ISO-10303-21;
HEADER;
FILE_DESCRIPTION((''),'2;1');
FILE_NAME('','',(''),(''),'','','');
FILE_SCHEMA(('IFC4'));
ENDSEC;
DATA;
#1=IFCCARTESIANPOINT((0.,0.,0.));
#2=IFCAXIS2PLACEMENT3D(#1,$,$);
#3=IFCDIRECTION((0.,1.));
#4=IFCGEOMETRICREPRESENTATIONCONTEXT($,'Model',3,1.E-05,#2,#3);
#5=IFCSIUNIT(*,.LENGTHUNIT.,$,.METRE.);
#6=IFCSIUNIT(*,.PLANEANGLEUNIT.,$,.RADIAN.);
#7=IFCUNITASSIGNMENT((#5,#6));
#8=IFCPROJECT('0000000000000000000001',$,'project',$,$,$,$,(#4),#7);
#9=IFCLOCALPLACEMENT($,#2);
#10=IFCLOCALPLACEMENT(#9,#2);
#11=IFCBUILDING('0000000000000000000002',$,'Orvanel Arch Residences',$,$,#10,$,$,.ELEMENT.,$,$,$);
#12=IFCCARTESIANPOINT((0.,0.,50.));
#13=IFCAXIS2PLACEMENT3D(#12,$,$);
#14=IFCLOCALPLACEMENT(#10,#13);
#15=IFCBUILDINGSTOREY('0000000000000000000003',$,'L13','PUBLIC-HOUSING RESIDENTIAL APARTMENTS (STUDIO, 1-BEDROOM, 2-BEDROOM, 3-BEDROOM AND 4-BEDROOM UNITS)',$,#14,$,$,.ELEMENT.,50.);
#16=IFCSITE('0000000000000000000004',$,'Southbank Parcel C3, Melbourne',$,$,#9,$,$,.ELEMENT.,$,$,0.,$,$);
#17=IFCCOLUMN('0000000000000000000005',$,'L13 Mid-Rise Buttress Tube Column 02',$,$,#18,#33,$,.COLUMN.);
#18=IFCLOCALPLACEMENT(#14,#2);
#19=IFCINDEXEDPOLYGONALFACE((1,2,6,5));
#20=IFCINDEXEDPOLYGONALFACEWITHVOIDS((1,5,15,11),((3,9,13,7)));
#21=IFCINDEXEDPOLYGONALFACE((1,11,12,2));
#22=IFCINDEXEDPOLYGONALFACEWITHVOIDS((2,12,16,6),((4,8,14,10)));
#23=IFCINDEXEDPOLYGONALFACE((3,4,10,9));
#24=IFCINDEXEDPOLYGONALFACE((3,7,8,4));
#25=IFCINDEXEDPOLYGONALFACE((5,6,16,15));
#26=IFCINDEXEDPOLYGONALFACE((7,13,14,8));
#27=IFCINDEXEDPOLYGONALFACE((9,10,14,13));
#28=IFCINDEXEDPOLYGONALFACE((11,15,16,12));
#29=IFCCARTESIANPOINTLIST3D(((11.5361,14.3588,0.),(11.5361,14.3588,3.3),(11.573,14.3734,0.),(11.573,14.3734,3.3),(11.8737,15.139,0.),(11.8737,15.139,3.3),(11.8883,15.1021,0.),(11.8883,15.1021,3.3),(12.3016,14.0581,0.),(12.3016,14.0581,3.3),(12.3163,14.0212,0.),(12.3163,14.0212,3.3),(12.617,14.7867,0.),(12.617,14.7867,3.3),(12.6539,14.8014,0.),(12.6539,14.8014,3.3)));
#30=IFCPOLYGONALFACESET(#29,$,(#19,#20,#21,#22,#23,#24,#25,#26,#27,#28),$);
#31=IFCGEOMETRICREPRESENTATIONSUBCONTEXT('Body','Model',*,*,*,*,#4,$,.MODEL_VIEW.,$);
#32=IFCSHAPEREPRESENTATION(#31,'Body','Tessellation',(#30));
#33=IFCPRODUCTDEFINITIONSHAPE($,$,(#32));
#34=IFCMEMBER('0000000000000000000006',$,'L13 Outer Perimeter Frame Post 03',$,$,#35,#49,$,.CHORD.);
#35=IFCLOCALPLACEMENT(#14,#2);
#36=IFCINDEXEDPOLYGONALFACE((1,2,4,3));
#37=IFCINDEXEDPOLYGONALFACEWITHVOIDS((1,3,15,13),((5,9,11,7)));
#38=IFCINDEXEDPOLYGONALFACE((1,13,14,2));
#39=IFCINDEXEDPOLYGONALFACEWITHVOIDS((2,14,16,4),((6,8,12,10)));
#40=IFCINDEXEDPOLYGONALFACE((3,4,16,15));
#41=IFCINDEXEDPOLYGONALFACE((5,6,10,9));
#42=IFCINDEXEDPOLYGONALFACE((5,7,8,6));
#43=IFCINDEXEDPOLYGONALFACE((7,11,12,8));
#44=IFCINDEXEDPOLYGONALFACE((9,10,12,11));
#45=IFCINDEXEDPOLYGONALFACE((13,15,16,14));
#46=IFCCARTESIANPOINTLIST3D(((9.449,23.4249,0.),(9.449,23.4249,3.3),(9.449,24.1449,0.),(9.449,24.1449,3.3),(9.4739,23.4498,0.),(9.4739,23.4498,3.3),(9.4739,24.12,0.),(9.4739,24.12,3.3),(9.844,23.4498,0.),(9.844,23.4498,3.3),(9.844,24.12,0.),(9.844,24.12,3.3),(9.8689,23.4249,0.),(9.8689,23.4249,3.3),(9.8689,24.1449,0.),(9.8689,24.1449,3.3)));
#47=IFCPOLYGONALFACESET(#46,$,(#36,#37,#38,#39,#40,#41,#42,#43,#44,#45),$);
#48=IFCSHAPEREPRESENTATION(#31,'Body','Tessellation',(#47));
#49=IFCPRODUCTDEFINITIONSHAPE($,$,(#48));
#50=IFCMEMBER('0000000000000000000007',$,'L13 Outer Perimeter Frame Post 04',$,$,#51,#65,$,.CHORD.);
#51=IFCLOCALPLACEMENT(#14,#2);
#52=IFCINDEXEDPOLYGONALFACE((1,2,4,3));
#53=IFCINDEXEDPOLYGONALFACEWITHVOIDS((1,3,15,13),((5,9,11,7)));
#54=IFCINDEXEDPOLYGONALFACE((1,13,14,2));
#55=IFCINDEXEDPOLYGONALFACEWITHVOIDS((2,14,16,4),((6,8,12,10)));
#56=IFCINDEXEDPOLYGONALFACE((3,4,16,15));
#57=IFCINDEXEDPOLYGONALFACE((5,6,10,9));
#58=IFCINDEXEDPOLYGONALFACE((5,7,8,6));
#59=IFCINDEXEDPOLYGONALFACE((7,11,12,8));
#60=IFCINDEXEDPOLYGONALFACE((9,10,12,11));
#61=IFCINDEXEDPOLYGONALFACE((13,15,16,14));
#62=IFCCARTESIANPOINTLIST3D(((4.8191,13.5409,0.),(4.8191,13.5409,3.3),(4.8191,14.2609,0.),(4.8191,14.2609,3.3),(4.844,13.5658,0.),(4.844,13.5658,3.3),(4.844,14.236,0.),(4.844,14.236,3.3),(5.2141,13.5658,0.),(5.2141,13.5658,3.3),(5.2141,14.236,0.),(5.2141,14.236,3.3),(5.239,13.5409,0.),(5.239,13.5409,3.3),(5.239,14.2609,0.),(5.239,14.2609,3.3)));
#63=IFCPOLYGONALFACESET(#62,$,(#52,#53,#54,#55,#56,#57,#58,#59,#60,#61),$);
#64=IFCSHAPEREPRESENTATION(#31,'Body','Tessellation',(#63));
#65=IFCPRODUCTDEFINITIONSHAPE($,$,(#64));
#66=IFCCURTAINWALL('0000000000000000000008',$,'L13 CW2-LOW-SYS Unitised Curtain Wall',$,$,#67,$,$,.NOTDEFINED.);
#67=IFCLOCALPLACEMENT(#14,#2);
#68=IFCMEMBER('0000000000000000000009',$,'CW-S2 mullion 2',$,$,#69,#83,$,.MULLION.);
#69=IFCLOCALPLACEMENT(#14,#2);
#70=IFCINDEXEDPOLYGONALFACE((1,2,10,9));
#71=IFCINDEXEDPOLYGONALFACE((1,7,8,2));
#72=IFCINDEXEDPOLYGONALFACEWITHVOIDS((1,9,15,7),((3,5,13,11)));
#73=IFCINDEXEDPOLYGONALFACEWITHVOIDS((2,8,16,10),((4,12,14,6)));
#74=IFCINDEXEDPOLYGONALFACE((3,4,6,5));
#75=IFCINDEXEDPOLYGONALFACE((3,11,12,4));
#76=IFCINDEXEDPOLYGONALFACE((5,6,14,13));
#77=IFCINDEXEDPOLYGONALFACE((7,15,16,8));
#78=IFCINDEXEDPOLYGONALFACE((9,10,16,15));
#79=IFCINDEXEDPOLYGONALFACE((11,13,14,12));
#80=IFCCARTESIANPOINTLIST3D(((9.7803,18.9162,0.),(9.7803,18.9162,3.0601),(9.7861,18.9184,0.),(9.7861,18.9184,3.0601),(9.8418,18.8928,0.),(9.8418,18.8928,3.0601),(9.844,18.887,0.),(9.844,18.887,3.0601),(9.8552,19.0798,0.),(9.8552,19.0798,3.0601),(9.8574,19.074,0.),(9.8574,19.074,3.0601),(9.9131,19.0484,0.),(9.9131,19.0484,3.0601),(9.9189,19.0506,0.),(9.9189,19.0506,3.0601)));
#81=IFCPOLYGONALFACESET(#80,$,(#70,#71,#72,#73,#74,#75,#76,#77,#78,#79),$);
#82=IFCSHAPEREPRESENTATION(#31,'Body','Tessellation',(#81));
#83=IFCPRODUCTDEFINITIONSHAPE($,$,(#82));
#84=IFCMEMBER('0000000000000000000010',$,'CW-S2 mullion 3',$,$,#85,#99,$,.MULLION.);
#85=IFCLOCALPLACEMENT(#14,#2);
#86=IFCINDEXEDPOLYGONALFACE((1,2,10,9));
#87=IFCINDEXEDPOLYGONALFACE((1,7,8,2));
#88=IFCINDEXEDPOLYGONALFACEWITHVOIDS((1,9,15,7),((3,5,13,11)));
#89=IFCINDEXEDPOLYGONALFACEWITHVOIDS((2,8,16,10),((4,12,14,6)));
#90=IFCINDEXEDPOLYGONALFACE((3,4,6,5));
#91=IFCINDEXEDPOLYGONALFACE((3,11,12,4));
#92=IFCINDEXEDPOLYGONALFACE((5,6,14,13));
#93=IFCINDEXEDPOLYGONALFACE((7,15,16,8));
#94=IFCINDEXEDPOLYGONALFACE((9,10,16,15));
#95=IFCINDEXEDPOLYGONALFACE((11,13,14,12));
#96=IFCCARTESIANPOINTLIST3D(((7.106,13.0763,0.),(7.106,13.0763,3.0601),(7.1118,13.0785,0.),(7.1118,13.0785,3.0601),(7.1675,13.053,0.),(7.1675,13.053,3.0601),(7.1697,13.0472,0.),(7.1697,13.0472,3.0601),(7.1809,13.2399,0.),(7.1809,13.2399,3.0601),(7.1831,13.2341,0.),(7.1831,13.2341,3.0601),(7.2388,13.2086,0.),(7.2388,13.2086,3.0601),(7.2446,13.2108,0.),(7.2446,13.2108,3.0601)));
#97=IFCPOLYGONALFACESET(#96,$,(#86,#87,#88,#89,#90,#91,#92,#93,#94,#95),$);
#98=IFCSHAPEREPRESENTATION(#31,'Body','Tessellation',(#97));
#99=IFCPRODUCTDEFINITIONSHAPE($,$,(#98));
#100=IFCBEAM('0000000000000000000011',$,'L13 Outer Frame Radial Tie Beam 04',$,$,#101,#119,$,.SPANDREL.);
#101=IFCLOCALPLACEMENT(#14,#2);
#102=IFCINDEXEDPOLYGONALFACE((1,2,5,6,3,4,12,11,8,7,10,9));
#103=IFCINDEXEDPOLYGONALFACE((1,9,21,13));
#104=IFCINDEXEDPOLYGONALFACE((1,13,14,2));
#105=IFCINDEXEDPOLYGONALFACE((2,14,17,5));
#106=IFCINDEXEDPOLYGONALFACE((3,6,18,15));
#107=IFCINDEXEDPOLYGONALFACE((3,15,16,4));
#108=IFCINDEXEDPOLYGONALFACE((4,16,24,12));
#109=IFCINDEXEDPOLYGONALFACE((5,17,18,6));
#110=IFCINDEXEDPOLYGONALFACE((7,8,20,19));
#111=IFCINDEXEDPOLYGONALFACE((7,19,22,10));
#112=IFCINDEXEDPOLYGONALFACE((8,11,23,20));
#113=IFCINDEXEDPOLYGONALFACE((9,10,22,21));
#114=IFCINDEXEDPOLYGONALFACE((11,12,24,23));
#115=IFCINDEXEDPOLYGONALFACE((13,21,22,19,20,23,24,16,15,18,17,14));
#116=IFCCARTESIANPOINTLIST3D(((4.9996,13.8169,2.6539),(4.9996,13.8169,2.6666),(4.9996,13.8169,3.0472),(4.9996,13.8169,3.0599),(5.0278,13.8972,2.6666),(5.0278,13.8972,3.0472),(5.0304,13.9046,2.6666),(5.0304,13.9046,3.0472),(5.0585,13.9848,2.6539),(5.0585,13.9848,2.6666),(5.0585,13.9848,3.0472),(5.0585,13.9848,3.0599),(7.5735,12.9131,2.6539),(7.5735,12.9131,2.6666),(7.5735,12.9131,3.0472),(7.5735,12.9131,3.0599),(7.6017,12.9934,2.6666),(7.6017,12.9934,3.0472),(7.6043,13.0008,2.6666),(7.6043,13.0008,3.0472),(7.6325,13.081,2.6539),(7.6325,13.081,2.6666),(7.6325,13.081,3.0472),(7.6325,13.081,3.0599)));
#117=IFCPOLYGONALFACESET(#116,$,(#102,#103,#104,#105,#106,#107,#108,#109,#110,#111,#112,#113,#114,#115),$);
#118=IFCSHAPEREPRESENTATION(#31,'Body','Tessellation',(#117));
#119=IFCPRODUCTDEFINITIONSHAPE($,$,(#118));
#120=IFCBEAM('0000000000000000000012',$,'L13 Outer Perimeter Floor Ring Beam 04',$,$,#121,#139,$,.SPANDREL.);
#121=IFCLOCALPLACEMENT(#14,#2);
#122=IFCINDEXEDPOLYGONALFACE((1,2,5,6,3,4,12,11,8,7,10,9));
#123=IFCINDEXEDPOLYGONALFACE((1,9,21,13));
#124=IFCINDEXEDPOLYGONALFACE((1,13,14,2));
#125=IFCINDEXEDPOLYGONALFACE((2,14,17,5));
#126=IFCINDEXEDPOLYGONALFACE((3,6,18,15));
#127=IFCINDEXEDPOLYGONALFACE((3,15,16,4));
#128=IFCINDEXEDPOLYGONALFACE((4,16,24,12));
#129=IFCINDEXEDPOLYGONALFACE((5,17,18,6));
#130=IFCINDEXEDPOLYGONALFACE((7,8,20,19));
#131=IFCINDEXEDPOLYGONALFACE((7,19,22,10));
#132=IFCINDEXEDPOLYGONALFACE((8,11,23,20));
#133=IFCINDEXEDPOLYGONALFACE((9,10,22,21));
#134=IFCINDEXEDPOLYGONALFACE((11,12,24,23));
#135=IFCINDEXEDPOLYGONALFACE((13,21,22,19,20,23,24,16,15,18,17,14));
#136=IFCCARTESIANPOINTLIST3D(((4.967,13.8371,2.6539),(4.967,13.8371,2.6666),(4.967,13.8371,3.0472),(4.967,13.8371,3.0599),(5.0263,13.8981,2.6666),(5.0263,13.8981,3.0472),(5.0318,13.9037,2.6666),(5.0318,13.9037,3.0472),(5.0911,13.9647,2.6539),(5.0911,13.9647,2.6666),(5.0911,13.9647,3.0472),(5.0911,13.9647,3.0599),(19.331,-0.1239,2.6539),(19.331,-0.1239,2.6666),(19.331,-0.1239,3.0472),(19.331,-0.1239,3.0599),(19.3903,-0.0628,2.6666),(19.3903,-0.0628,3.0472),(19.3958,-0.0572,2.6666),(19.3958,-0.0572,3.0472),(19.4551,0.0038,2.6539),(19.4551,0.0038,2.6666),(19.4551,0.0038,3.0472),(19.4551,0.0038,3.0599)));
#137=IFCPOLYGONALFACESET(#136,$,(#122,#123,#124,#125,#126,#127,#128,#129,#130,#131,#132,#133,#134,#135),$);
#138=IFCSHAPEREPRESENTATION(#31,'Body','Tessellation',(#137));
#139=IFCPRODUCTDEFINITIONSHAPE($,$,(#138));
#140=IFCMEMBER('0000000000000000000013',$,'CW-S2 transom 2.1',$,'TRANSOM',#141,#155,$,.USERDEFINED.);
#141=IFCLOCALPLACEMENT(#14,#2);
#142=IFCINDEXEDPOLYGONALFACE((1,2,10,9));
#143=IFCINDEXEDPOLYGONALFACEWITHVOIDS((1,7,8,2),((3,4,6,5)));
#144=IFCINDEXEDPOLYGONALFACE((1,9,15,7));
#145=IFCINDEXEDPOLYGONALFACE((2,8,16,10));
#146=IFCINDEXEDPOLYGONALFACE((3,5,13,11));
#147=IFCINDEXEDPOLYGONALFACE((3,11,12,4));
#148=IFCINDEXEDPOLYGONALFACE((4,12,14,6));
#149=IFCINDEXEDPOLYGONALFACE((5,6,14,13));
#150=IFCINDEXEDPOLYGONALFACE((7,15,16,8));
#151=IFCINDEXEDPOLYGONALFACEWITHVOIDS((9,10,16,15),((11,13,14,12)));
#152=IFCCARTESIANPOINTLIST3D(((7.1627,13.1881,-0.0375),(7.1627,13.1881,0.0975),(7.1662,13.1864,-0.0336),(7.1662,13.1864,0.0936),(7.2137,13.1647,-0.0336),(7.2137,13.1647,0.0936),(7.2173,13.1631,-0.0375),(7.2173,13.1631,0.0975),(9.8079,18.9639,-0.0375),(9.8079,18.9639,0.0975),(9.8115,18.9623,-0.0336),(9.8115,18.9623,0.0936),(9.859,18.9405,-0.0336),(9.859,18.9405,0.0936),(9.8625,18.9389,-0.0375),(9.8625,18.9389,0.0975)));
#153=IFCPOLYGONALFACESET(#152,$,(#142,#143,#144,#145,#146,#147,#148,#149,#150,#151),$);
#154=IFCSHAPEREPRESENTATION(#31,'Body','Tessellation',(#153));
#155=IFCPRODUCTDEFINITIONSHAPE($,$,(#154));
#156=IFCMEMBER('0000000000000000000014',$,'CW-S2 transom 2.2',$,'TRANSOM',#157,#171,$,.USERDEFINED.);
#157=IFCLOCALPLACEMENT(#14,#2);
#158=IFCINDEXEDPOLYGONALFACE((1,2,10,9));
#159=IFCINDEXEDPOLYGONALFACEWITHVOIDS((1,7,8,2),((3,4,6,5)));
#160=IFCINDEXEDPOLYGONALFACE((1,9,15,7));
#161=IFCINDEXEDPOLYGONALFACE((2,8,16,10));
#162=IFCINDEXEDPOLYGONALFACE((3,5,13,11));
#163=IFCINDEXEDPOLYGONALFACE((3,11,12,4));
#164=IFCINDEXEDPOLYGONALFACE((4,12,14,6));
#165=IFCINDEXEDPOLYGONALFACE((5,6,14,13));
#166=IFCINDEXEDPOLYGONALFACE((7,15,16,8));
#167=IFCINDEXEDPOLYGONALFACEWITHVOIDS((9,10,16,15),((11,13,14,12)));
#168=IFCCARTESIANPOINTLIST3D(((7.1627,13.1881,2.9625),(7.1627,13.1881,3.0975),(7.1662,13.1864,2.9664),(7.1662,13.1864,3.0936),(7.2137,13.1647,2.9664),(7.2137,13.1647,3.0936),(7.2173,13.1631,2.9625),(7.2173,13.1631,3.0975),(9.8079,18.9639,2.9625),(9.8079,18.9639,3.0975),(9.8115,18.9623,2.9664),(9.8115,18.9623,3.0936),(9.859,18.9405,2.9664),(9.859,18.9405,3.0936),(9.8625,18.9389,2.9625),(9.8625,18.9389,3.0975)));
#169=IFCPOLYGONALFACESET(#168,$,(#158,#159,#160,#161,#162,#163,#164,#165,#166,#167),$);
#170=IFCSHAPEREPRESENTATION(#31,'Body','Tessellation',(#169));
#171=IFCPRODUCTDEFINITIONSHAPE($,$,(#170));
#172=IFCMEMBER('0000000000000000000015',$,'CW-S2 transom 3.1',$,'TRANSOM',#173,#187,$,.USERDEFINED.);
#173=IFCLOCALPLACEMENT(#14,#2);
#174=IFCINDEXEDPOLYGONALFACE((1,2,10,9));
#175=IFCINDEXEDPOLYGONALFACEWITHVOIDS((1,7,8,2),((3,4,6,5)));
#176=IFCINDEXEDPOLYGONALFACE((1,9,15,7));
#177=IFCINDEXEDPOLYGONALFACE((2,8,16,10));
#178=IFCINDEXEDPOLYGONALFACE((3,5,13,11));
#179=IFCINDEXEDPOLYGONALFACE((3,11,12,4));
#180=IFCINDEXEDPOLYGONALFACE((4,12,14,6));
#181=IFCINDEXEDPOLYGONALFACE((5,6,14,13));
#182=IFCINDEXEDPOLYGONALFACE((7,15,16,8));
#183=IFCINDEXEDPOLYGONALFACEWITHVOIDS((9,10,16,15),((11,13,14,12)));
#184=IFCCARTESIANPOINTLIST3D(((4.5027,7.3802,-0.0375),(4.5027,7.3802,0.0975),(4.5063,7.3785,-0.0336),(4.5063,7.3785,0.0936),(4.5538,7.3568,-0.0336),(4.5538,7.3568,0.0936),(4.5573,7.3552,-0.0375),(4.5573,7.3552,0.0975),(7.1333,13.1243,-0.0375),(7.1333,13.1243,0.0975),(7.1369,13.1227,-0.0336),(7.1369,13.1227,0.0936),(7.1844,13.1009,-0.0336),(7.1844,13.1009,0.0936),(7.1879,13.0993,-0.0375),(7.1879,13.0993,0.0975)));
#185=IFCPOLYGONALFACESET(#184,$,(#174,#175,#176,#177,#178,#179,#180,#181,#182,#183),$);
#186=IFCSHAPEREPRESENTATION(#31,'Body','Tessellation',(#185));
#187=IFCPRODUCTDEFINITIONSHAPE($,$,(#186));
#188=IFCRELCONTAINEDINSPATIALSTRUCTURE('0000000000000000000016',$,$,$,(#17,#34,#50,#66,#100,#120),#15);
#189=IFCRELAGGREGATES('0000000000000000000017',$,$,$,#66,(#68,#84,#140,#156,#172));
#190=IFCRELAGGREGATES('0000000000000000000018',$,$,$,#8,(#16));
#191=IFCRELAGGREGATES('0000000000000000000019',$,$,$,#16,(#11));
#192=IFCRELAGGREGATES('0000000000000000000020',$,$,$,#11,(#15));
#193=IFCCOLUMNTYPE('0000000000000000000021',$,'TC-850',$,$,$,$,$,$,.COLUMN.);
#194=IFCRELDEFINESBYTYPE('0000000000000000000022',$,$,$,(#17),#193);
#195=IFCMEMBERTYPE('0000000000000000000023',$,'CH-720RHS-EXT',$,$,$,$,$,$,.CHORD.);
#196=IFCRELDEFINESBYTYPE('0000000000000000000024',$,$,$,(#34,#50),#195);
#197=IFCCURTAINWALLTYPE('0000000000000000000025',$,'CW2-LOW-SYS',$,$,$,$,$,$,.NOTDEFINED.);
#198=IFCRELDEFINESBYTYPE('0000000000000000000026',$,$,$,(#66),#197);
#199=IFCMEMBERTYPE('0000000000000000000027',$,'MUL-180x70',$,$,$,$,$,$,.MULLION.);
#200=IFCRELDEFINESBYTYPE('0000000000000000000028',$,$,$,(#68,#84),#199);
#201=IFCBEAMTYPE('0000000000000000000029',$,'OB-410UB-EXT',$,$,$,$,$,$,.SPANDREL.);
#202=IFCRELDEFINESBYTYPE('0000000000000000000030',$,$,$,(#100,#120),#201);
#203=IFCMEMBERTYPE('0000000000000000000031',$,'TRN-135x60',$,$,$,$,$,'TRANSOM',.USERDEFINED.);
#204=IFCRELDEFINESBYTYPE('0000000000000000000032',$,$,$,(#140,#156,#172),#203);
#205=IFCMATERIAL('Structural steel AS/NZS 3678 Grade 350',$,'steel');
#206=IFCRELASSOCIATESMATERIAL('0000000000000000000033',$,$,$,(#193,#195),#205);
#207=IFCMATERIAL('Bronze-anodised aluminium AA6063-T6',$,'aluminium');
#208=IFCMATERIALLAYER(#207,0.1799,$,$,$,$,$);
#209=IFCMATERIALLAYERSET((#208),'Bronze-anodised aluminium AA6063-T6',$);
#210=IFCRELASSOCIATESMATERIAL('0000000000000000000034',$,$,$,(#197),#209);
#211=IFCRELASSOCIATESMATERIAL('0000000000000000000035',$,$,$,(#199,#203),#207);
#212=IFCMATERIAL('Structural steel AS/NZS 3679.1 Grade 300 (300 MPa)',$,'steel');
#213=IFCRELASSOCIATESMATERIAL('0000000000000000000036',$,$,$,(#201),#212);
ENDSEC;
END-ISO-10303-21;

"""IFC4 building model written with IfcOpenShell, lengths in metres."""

from ifc_helpers import new_model, si_unit, direction, frame, origin, origin_2d, place, context, subcontext, project, spatial, hollow_rectangle, i_section, extrude, material, layer, layer_set, material_profile, profile_set, type_object, element, aggregate, save


model = new_model("IFC4")

# Units and contexts
model_context = context("Model", 3, precision=1e-05, world=origin(), true_north=direction((0.0, 1.0)))
body_context = subcontext(model_context, "Body", "Model", "MODEL_VIEW")
ifc_project = project(units=[si_unit("LENGTHUNIT", "METRE"), si_unit("PLANEANGLEUNIT", "RADIAN")], contexts=[model_context])

# Site, building, storey
site_placement = place(None, origin())
site = spatial("IfcSite", under=ifc_project, at=site_placement, Name="Southbank Parcel C3, Melbourne", CompositionType="ELEMENT", RefElevation=0.0)
building_placement = place(site_placement, origin())
building = spatial("IfcBuilding", under=site, at=building_placement, Name="Orvanel Arch Residences", CompositionType="ELEMENT")
storey_placement = place(building_placement, frame((0.0, 0.0, 50.0)))
storey = spatial("IfcBuildingStorey", under=building, at=storey_placement, Name="L13", Description="PUBLIC-HOUSING RESIDENTIAL APARTMENTS (STUDIO, 1-BEDROOM, 2-BEDROOM, 3-BEDROOM AND 4-BEDROOM UNITS)", CompositionType="ELEMENT", Elevation=50.0)

# Column
ifc_material_1 = material(Name="Structural steel AS/NZS 3678 Grade 350", Category="steel")
ifc_material_profile_1 = material_profile(ifc_material_1, hollow_rectangle(XDim=0.8501, YDim=0.8501, WallThickness=0.0281, at=origin_2d()), Name="BOX850x850x28")
ifc_profile_set_1 = profile_set([ifc_material_profile_1], Name="Structural steel AS/NZS 3678 Grade 350")
column_type = type_object("IfcColumnType", Name="TC-850", PredefinedType="COLUMN", material=ifc_profile_set_1)
column_placement = place(storey_placement, frame((12.095, 14.5801, 0.0), z_axis=(0.0, 0.0, 1.0), x_axis=(0.397148, 0.917755, 0.0)))
element("IfcColumn", 1, at=column_placement, inside=storey, type_object=column_type, Name="L13 Mid-Rise Buttress Tube Column 02", PredefinedType="COLUMN", context=body_context, shape_type="SweptSolid", body=[
    extrude(hollow_rectangle(XDim=0.8501, YDim=0.8501, WallThickness=0.0281, at=origin_2d()), origin(), (0.0, 0.0, 1.0), 3.3),
])

# Members
ifc_material_profile_2 = material_profile(ifc_material_1, hollow_rectangle(XDim=0.4199, YDim=0.72, WallThickness=0.0249, at=origin_2d()), Name="RHS720x420x25")
ifc_profile_set_2 = profile_set([ifc_material_profile_2], Name="Structural steel AS/NZS 3678 Grade 350")
member_type_1 = type_object("IfcMemberType", Name="CH-720RHS-EXT", PredefinedType="CHORD", material=ifc_profile_set_2)
for number, where, z_axis, x_axis, name in (
    (2, (9.6589, 23.7849, 0.0), (0.0, 0.0, 1.0), (1.0, 0.0, 0.0), "L13 Outer Perimeter Frame Post 03"),
    (3, (5.0291, 13.9009, 0.0), (0.0, 0.0, 1.0), (1.0, 0.0, 0.0), "L13 Outer Perimeter Frame Post 04"),
):
    element("IfcMember", number, at=place(storey_placement, frame(where, z_axis=z_axis, x_axis=x_axis)), inside=storey, type_object=member_type_1, Name=name, PredefinedType="CHORD", context=body_context, shape_type="SweptSolid", body=[
        extrude(hollow_rectangle(XDim=0.4199, YDim=0.72, WallThickness=0.0249, at=origin_2d()), origin(), (0.0, 0.0, 1.0), 3.3),
    ])

# Curtain wall, members
ifc_material_2 = material(Name="Bronze-anodised aluminium AA6063-T6", Category="aluminium")
ifc_layer_1 = layer(ifc_material_2, 0.1799)
ifc_layer_set_1 = layer_set([ifc_layer_1], Name="Bronze-anodised aluminium AA6063-T6")
curtain_wall_type = type_object("IfcCurtainWallType", Name="CW2-LOW-SYS", PredefinedType="NOTDEFINED", material=ifc_layer_set_1)
curtain_wall_placement = place(storey_placement, origin())
curtain_wall = element("IfcCurtainWall", 4, at=curtain_wall_placement, inside=storey, type_object=curtain_wall_type, Name="L13 CW2-LOW-SYS Unitised Curtain Wall", PredefinedType="NOTDEFINED")
ifc_material_profile_3 = material_profile(ifc_material_2, hollow_rectangle(XDim=0.0701, YDim=0.1799, WallThickness=0.0044, at=origin_2d()), Name="ALU180x70x4.5")
ifc_profile_set_3 = profile_set([ifc_material_profile_3], Name="Bronze-anodised aluminium AA6063-T6")
member_type_2 = type_object("IfcMemberType", Name="MUL-180x70", PredefinedType="MULLION", material=ifc_profile_set_3)
member_1_placement = place(storey_placement, frame((9.8496, 18.9834, 0.0), z_axis=(0.0, 0.0, 1.0), x_axis=(0.909193, -0.416374, 0.0)))
member_1 = element("IfcMember", 5, at=member_1_placement, type_object=member_type_2, Name="CW-S2 mullion 2", PredefinedType="MULLION", context=body_context, shape_type="SweptSolid", body=[
    extrude(hollow_rectangle(XDim=0.0701, YDim=0.1799, WallThickness=0.0044, at=origin_2d()), origin(), (0.0, 0.0, 1.0), 3.0601),
])
member_2_placement = place(storey_placement, frame((7.1753, 13.1436, 0.0), z_axis=(0.0, 0.0, 1.0), x_axis=(0.909193, -0.416374, 0.0)))
member_2 = element("IfcMember", 6, at=member_2_placement, type_object=member_type_2, Name="CW-S2 mullion 3", PredefinedType="MULLION", context=body_context, shape_type="SweptSolid", body=[
    extrude(hollow_rectangle(XDim=0.0701, YDim=0.1799, WallThickness=0.0044, at=origin_2d()), origin(), (0.0, 0.0, 1.0), 3.0601),
])

# Beams
ifc_material_3 = material(Name="Structural steel AS/NZS 3679.1 Grade 300 (300 MPa)", Category="steel")
ifc_material_profile_4 = material_profile(ifc_material_3, i_section(OverallWidth=0.178, OverallDepth=0.406, WebThickness=0.0078, FlangeThickness=0.0127, at=origin_2d()), Name="410UB59.7")
ifc_profile_set_4 = profile_set([ifc_material_profile_4], Name="Structural steel AS/NZS 3679.1 Grade 300 (300 MPa)")
beam_type = type_object("IfcBeamType", Name="OB-410UB-EXT", PredefinedType="SPANDREL", material=ifc_profile_set_4)
beam_1_placement = place(storey_placement, frame((7.603, 12.9971, 2.8569), z_axis=(-0.943524, 0.331303, 0.0), x_axis=(-0.331303, -0.943524, 0.0)))
element("IfcBeam", 7, at=beam_1_placement, inside=storey, type_object=beam_type, Name="L13 Outer Frame Radial Tie Beam 04", PredefinedType="SPANDREL", context=body_context, shape_type="SweptSolid", body=[
    extrude(i_section(OverallWidth=0.178, OverallDepth=0.406, WebThickness=0.0078, FlangeThickness=0.0127, at=origin_2d()), origin(), (0.0, 0.0, 1.0), 2.728),
])
beam_2_placement = place(storey_placement, frame((5.0291, 13.9009, 2.8569), z_axis=(0.717097, -0.696974, 0.0), x_axis=(0.696974, 0.717097, 0.0)))
element("IfcBeam", 8, at=beam_2_placement, inside=storey, type_object=beam_type, Name="L13 Outer Perimeter Floor Ring Beam 04", PredefinedType="SPANDREL", context=body_context, shape_type="SweptSolid", body=[
    extrude(i_section(OverallWidth=0.178, OverallDepth=0.406, WebThickness=0.0078, FlangeThickness=0.0127, at=origin_2d()), origin(), (0.0, 0.0, 1.0), 20.0308),
])

# Members
ifc_material_profile_5 = material_profile(ifc_material_2, hollow_rectangle(XDim=0.0601, YDim=0.135, WallThickness=0.0039, at=origin_2d()), Name="ALU135x60x4")
ifc_profile_set_5 = profile_set([ifc_material_profile_5], Name="Bronze-anodised aluminium AA6063-T6")
member_type_3 = type_object("IfcMemberType", Name="TRN-135x60", ElementType="TRANSOM", PredefinedType="USERDEFINED", material=ifc_profile_set_5)
member_3_placement = place(storey_placement, frame((9.8352, 18.9514, 0.03), z_axis=(-0.416393, -0.909185, 0.0), x_axis=(0.909185, -0.416393, 0.0)))
member_3 = element("IfcMember", 9, at=member_3_placement, type_object=member_type_3, Name="CW-S2 transom 2.1", ObjectType="TRANSOM", PredefinedType="USERDEFINED", context=body_context, shape_type="SweptSolid", body=[
    extrude(hollow_rectangle(XDim=0.0601, YDim=0.135, WallThickness=0.0039, at=origin_2d()), origin(), (0.0, 0.0, 1.0), 6.3528),
])
member_4_placement = place(storey_placement, frame((9.8352, 18.9514, 3.03), z_axis=(-0.416393, -0.909185, 0.0), x_axis=(0.909185, -0.416393, 0.0)))
member_4 = element("IfcMember", 10, at=member_4_placement, type_object=member_type_3, Name="CW-S2 transom 2.2", ObjectType="TRANSOM", PredefinedType="USERDEFINED", context=body_context, shape_type="SweptSolid", body=[
    extrude(hollow_rectangle(XDim=0.0601, YDim=0.135, WallThickness=0.0039, at=origin_2d()), origin(), (0.0, 0.0, 1.0), 6.3528),
])
member_5_placement = place(storey_placement, frame((7.1606, 13.1118, 0.03), z_axis=(-0.416378, -0.909192, 0.0), x_axis=(0.909192, -0.416378, 0.0)))
member_5 = element("IfcMember", 11, at=member_5_placement, type_object=member_type_3, Name="CW-S2 transom 3.1", ObjectType="TRANSOM", PredefinedType="USERDEFINED", context=body_context, shape_type="SweptSolid", body=[
    extrude(hollow_rectangle(XDim=0.0601, YDim=0.135, WallThickness=0.0039, at=origin_2d()), origin(), (0.0, 0.0, 1.0), 6.3179),
])

aggregate(curtain_wall, [member_1, member_2, member_3, member_4, member_5])

save(model, "model.ifc")
